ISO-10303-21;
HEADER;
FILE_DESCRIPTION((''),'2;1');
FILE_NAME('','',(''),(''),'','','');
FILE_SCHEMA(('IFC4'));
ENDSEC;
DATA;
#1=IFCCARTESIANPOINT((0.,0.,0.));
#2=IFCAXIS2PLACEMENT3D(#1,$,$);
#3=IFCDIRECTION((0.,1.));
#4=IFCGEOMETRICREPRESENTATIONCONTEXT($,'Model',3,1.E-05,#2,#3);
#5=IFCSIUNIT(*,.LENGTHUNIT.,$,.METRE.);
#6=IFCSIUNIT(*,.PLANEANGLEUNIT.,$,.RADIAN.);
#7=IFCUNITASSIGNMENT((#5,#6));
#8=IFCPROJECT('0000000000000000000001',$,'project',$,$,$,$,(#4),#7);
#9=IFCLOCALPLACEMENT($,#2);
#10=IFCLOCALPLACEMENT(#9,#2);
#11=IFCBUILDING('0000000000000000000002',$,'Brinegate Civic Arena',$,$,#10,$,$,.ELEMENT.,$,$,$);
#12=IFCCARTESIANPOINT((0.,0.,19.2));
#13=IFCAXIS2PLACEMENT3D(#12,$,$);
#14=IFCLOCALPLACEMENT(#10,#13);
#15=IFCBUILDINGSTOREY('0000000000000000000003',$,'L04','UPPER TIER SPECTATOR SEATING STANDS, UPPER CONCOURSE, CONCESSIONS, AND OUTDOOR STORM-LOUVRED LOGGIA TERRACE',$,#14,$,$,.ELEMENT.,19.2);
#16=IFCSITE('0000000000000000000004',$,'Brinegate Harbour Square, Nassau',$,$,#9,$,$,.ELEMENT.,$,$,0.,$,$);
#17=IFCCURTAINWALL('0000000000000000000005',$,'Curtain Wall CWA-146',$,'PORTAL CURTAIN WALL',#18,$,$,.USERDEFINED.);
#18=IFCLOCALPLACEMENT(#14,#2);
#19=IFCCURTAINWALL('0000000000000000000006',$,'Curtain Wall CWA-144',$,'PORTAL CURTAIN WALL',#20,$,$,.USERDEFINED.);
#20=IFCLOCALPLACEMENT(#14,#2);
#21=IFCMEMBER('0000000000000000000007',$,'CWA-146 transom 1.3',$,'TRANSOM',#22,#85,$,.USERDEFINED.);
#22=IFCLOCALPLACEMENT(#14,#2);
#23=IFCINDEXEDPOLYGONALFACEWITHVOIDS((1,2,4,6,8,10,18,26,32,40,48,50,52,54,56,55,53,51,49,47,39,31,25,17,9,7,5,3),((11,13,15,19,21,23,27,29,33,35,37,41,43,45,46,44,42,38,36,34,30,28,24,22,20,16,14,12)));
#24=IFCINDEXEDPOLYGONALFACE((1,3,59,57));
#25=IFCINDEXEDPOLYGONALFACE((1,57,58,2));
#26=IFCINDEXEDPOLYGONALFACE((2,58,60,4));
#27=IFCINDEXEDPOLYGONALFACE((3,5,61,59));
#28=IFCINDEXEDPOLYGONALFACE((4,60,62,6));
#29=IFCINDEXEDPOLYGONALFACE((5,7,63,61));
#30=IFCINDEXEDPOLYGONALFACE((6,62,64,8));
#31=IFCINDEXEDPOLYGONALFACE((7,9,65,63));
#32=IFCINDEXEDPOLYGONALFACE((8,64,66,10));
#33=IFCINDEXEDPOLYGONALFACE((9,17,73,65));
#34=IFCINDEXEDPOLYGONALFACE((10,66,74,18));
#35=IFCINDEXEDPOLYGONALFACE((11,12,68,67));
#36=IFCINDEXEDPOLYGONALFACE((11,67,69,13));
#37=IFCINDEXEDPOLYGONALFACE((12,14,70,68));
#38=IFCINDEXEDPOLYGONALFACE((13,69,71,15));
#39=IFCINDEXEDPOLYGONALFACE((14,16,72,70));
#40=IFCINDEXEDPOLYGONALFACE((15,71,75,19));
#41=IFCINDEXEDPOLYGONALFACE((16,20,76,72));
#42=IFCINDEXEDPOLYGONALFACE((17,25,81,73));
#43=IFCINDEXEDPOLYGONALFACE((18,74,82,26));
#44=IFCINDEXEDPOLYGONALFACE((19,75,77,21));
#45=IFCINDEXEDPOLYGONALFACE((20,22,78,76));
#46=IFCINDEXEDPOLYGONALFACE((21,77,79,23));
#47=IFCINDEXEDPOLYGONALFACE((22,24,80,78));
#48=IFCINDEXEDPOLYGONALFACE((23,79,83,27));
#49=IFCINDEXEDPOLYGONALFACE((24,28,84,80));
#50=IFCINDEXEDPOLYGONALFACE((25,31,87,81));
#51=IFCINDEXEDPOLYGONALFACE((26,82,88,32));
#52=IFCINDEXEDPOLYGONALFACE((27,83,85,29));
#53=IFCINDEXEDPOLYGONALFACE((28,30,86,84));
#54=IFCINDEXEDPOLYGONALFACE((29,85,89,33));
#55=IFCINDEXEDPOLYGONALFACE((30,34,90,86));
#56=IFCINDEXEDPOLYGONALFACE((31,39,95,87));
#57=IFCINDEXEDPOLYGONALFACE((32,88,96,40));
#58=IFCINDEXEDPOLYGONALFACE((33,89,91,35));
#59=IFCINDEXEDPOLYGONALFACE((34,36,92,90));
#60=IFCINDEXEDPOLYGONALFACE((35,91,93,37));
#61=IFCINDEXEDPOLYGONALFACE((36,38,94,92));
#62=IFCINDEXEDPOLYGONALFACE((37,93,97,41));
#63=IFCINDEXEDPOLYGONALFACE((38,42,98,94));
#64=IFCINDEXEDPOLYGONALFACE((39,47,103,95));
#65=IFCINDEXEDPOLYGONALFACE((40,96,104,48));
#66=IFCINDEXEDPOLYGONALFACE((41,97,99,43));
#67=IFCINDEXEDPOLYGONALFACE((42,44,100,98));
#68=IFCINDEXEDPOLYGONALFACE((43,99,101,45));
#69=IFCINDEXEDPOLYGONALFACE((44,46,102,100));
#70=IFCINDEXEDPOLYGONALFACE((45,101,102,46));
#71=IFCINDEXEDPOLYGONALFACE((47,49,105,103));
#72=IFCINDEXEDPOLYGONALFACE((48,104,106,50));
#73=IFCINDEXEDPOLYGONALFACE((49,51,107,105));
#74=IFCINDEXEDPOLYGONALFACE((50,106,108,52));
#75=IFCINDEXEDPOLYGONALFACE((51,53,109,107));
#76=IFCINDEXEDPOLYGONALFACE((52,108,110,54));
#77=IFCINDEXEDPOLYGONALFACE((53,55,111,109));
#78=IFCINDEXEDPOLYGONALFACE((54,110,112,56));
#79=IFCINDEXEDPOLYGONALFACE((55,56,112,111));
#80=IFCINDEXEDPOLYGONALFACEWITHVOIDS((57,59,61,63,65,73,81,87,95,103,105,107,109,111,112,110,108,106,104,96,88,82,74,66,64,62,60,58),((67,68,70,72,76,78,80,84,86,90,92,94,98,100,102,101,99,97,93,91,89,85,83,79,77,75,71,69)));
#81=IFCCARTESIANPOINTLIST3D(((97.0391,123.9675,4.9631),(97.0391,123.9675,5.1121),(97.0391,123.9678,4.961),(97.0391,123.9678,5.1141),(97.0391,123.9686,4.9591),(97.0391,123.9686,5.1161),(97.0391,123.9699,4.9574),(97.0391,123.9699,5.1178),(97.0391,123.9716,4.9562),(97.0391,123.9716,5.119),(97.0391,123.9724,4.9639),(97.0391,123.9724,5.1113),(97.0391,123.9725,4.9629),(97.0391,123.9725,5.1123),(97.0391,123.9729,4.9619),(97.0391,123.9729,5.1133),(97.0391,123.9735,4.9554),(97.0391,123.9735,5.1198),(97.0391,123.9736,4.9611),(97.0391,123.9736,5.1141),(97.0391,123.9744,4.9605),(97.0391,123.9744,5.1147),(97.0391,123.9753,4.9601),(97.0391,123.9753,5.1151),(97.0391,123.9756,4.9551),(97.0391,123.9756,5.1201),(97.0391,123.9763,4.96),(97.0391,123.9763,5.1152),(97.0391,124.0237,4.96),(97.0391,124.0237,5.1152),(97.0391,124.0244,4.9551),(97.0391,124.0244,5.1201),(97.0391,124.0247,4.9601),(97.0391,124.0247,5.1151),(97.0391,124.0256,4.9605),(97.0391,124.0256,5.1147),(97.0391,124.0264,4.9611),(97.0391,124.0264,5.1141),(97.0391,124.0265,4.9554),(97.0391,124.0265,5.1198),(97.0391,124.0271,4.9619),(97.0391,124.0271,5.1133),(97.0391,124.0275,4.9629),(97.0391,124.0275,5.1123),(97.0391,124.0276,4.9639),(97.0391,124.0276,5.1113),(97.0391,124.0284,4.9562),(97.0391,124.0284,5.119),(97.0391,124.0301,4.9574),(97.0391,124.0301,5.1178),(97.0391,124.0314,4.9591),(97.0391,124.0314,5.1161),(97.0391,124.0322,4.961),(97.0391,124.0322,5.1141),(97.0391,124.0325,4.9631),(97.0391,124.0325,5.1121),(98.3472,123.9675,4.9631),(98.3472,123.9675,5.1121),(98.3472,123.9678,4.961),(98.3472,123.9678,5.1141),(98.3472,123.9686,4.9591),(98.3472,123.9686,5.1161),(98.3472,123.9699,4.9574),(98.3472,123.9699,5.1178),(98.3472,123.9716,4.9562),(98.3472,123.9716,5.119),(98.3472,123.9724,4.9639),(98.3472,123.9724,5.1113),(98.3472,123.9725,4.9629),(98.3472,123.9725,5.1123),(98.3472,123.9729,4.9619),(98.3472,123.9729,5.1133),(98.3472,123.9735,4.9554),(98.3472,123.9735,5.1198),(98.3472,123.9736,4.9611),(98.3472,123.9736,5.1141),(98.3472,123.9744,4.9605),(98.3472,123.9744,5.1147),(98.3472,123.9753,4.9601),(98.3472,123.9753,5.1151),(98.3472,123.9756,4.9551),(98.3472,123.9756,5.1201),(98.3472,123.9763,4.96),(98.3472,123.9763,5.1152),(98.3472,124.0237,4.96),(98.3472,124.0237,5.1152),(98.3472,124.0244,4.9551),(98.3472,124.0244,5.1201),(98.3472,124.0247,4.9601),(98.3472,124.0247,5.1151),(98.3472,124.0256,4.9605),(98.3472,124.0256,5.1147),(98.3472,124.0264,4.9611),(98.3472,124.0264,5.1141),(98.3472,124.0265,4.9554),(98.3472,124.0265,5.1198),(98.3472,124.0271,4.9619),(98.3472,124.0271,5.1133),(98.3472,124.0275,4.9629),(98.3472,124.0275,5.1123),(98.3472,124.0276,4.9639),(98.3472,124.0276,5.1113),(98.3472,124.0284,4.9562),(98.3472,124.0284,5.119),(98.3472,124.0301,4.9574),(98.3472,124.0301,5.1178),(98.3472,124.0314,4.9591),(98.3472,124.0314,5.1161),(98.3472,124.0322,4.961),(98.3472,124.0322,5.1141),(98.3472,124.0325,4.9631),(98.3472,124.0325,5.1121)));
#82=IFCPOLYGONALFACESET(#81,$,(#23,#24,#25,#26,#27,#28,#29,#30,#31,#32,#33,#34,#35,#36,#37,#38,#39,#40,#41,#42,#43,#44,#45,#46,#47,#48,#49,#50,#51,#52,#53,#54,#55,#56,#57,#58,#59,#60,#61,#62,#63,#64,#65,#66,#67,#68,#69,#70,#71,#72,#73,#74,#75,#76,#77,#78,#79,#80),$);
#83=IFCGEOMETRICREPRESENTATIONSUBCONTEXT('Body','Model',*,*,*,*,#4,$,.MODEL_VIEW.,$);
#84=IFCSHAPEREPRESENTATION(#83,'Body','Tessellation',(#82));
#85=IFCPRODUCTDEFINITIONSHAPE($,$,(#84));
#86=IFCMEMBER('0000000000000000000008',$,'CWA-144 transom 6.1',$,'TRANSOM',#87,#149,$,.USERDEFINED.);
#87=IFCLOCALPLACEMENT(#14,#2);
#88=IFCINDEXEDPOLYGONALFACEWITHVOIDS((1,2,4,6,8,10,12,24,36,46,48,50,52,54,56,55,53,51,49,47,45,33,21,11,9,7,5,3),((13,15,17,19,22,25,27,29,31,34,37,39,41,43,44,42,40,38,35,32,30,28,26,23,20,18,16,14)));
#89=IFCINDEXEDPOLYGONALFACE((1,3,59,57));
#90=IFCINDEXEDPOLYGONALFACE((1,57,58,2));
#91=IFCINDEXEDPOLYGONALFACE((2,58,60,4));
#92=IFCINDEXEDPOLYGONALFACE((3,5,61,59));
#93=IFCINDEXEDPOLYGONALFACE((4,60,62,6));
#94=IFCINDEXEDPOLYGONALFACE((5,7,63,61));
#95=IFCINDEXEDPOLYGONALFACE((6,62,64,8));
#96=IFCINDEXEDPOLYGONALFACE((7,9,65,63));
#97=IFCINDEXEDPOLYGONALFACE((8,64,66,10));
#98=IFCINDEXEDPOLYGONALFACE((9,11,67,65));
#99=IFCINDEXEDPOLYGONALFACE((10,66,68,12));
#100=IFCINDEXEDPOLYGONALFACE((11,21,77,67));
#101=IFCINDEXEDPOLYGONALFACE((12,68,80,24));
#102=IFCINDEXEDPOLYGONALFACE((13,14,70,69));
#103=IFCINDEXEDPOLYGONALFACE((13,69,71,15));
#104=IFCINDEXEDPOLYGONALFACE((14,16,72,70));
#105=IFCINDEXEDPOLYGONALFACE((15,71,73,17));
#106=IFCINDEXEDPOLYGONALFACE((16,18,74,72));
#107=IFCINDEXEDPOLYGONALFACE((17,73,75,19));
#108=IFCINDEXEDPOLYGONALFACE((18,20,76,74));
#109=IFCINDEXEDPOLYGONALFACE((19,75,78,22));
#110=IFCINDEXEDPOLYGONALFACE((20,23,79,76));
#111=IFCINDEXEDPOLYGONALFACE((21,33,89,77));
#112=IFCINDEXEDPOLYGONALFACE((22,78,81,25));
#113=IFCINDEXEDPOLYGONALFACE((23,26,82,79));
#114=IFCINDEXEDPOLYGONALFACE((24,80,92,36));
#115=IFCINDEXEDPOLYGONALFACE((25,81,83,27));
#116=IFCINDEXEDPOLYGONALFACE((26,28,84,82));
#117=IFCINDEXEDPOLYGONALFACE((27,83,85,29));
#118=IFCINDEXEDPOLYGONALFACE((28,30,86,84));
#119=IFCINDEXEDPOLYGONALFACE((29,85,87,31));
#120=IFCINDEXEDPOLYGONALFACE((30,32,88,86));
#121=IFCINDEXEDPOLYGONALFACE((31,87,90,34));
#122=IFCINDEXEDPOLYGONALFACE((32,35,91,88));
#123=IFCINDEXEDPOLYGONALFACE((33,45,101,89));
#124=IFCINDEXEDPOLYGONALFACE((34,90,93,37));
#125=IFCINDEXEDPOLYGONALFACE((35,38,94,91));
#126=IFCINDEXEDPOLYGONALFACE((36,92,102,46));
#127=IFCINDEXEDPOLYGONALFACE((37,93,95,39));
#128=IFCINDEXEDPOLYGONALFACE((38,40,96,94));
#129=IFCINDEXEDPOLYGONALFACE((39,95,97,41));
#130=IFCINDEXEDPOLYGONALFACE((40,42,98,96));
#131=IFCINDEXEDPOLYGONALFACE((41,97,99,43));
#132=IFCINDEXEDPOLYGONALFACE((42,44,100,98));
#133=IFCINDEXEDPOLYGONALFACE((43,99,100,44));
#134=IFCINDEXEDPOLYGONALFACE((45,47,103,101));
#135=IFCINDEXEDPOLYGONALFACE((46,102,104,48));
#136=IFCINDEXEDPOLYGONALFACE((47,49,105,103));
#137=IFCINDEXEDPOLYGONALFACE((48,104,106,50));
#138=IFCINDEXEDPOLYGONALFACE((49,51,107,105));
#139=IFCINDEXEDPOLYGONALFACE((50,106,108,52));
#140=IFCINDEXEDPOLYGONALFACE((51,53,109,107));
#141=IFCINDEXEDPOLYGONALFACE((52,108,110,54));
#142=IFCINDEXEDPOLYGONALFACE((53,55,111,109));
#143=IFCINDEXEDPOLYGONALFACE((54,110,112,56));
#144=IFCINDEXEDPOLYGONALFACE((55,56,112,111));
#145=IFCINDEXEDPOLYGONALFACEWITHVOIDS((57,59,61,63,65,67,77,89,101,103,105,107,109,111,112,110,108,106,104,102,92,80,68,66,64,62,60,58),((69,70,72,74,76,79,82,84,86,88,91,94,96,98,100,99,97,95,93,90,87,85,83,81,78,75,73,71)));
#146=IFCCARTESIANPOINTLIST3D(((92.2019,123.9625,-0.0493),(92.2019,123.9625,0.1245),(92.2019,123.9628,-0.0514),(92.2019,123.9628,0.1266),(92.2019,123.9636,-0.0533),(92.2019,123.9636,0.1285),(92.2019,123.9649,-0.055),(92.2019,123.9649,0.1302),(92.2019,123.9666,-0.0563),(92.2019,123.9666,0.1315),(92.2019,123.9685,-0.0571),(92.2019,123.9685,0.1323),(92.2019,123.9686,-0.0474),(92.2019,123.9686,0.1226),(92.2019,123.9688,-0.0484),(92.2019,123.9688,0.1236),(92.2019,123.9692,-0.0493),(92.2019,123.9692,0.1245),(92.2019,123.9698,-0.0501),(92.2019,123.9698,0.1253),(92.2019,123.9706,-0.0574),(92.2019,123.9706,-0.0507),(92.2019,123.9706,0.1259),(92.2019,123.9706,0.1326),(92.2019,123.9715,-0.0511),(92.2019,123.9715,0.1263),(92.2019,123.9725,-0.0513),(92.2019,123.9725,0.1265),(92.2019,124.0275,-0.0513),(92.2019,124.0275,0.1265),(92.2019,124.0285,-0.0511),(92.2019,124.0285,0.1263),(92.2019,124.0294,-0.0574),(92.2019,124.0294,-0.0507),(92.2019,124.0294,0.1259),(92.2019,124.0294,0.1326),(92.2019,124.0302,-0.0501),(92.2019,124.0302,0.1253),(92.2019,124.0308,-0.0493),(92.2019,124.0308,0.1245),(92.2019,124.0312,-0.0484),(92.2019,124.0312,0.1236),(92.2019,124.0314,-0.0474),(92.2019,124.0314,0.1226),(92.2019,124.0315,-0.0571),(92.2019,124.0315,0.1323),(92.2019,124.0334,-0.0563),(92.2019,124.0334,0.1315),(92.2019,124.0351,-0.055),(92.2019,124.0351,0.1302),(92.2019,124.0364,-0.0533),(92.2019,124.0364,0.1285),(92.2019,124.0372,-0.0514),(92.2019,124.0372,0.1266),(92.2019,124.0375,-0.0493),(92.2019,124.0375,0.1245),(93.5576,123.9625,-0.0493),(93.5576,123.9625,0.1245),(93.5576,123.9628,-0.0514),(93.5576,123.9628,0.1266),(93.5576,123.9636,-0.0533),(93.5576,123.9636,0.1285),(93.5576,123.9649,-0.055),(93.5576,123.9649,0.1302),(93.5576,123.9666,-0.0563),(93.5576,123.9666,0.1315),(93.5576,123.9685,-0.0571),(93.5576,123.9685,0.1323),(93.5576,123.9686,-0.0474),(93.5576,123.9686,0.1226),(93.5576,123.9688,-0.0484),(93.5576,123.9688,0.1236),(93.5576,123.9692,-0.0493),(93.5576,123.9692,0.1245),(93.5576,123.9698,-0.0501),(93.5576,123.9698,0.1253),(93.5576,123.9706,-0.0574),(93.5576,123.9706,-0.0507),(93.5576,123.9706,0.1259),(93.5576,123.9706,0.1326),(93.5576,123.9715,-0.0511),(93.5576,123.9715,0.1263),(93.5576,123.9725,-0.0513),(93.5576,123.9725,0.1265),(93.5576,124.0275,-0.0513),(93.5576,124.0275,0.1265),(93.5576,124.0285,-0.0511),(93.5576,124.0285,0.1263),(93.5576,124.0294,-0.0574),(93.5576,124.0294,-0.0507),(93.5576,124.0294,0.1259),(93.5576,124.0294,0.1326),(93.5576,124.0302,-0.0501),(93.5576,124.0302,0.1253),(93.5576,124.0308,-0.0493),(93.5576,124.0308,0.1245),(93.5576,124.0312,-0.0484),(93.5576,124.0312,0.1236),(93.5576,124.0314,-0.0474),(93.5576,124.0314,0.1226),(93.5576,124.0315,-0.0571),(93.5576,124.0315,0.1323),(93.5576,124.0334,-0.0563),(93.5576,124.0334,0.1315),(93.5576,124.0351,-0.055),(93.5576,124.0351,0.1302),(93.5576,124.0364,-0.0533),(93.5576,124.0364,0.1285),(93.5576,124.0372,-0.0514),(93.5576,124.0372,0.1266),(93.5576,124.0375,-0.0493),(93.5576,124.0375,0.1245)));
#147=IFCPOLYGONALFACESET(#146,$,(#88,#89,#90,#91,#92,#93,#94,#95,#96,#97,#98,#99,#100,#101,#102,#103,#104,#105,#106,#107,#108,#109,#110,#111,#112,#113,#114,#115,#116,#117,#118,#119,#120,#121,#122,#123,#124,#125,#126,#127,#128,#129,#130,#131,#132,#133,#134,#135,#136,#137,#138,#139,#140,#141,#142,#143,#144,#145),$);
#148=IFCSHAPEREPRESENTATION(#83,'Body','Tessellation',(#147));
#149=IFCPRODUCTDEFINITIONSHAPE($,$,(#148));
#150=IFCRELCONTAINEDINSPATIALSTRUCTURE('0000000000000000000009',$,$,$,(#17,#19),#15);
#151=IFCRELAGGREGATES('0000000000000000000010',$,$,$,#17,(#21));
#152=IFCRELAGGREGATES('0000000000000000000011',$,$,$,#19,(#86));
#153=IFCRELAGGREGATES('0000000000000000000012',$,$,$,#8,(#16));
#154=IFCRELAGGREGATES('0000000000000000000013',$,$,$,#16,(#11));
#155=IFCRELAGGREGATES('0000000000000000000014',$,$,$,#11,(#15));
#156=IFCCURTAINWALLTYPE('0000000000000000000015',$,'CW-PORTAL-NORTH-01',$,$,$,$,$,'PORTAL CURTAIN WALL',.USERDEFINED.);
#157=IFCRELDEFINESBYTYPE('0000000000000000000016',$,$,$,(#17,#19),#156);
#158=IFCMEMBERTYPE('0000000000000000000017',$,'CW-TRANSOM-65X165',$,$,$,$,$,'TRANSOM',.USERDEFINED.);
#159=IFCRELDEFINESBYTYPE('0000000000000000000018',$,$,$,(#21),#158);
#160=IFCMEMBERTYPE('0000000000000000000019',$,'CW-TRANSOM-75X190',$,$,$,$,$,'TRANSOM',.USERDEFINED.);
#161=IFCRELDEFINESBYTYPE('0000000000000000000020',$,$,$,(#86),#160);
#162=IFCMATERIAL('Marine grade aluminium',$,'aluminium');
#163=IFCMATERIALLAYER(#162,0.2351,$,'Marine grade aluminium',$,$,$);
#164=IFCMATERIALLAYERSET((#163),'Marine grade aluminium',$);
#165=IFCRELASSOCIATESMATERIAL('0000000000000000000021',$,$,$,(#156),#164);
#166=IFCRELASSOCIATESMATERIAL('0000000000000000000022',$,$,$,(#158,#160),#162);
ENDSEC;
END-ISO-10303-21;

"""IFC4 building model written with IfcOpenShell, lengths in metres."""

from ifc_helpers import new_model, si_unit, direction, frame, origin, origin_2d, place, context, subcontext, project, spatial, hollow_rectangle, extrude, material, layer, layer_set, material_profile, profile_set, type_object, element, aggregate, save


model = new_model("IFC4")

# Units and contexts
model_context = context("Model", 3, precision=1e-05, world=origin(), true_north=direction((0.0, 1.0)))
body_context = subcontext(model_context, "Body", "Model", "MODEL_VIEW")
ifc_project = project(units=[si_unit("LENGTHUNIT", "METRE"), si_unit("PLANEANGLEUNIT", "RADIAN")], contexts=[model_context])

# Site, building, storey
site_placement = place(None, origin())
site = spatial("IfcSite", under=ifc_project, at=site_placement, Name="Brinegate Harbour Square, Nassau", CompositionType="ELEMENT", RefElevation=0.0)
building_placement = place(site_placement, origin())
building = spatial("IfcBuilding", under=site, at=building_placement, Name="Brinegate Civic Arena", CompositionType="ELEMENT")
storey_placement = place(building_placement, frame((0.0, 0.0, 19.2)))
storey = spatial("IfcBuildingStorey", under=building, at=storey_placement, Name="L04", Description="UPPER TIER SPECTATOR SEATING STANDS, UPPER CONCOURSE, CONCESSIONS, AND OUTDOOR STORM-LOUVRED LOGGIA TERRACE", CompositionType="ELEMENT", Elevation=19.2)

# Curtain wall
ifc_material_1 = material(Name="Marine grade aluminium", Category="aluminium")
ifc_layer_1 = layer(ifc_material_1, 0.2351, Name="Marine grade aluminium")
ifc_layer_set_1 = layer_set([ifc_layer_1], Name="Marine grade aluminium")
curtain_wall_type = type_object("IfcCurtainWallType", Name="CW-PORTAL-NORTH-01", ElementType="PORTAL CURTAIN WALL", PredefinedType="USERDEFINED", material=ifc_layer_set_1)
curtain_wall_1_placement = place(storey_placement, origin())
curtain_wall_1 = element("IfcCurtainWall", 1, at=curtain_wall_1_placement, inside=storey, type_object=curtain_wall_type, Name="Curtain Wall CWA-146", ObjectType="PORTAL CURTAIN WALL", PredefinedType="USERDEFINED")

# Curtain wall
curtain_wall_2_placement = place(storey_placement, origin())
curtain_wall_2 = element("IfcCurtainWall", 2, at=curtain_wall_2_placement, inside=storey, type_object=curtain_wall_type, Name="Curtain Wall CWA-144", ObjectType="PORTAL CURTAIN WALL", PredefinedType="USERDEFINED")

# Members
ifc_material_profile_1 = material_profile(ifc_material_1, hollow_rectangle(XDim=0.0649, YDim=0.165, WallThickness=0.0049, InnerFilletRadius=0.0039, OuterFilletRadius=0.0081, at=origin_2d()), Name="TRN65X165")
ifc_profile_set_1 = profile_set([ifc_material_profile_1], Name="Marine grade aluminium")
member_type_1 = type_object("IfcMemberType", Name="CW-TRANSOM-65X165", ElementType="TRANSOM", PredefinedType="USERDEFINED", material=ifc_profile_set_1)
member_1_placement = place(storey_placement, frame((97.0391, 124.0, 5.0376), z_axis=(1.0, 0.0, 0.0), x_axis=(0.0, 1.0, 0.0)))
member_1 = element("IfcMember", 3, at=member_1_placement, type_object=member_type_1, Name="CWA-146 transom 1.3", ObjectType="TRANSOM", PredefinedType="USERDEFINED", context=body_context, shape_type="SweptSolid", body=[
    extrude(hollow_rectangle(XDim=0.0649, YDim=0.165, WallThickness=0.0049, InnerFilletRadius=0.0039, OuterFilletRadius=0.0081, at=origin_2d()), origin(), (0.0, 0.0, 1.0), 1.3081),
])
ifc_material_profile_2 = material_profile(ifc_material_1, hollow_rectangle(XDim=0.075, YDim=0.1899, WallThickness=0.0061, InnerFilletRadius=0.0039, OuterFilletRadius=0.0081, at=origin_2d()), Name="TRN75X190")
ifc_profile_set_2 = profile_set([ifc_material_profile_2], Name="Marine grade aluminium")
member_type_2 = type_object("IfcMemberType", Name="CW-TRANSOM-75X190", ElementType="TRANSOM", PredefinedType="USERDEFINED", material=ifc_profile_set_2)
member_2_placement = place(storey_placement, frame((92.2019, 124.0, 0.0376), z_axis=(1.0, 0.0, 0.0), x_axis=(0.0, 1.0, 0.0)))
member_2 = element("IfcMember", 4, at=member_2_placement, type_object=member_type_2, Name="CWA-144 transom 6.1", ObjectType="TRANSOM", PredefinedType="USERDEFINED", context=body_context, shape_type="SweptSolid", body=[
    extrude(hollow_rectangle(XDim=0.075, YDim=0.1899, WallThickness=0.0061, InnerFilletRadius=0.0039, OuterFilletRadius=0.0081, at=origin_2d()), origin(), (0.0, 0.0, 1.0), 1.3557),
])

aggregate(curtain_wall_1, [member_1])
aggregate(curtain_wall_2, [member_2])

save(model, "model.ifc")
